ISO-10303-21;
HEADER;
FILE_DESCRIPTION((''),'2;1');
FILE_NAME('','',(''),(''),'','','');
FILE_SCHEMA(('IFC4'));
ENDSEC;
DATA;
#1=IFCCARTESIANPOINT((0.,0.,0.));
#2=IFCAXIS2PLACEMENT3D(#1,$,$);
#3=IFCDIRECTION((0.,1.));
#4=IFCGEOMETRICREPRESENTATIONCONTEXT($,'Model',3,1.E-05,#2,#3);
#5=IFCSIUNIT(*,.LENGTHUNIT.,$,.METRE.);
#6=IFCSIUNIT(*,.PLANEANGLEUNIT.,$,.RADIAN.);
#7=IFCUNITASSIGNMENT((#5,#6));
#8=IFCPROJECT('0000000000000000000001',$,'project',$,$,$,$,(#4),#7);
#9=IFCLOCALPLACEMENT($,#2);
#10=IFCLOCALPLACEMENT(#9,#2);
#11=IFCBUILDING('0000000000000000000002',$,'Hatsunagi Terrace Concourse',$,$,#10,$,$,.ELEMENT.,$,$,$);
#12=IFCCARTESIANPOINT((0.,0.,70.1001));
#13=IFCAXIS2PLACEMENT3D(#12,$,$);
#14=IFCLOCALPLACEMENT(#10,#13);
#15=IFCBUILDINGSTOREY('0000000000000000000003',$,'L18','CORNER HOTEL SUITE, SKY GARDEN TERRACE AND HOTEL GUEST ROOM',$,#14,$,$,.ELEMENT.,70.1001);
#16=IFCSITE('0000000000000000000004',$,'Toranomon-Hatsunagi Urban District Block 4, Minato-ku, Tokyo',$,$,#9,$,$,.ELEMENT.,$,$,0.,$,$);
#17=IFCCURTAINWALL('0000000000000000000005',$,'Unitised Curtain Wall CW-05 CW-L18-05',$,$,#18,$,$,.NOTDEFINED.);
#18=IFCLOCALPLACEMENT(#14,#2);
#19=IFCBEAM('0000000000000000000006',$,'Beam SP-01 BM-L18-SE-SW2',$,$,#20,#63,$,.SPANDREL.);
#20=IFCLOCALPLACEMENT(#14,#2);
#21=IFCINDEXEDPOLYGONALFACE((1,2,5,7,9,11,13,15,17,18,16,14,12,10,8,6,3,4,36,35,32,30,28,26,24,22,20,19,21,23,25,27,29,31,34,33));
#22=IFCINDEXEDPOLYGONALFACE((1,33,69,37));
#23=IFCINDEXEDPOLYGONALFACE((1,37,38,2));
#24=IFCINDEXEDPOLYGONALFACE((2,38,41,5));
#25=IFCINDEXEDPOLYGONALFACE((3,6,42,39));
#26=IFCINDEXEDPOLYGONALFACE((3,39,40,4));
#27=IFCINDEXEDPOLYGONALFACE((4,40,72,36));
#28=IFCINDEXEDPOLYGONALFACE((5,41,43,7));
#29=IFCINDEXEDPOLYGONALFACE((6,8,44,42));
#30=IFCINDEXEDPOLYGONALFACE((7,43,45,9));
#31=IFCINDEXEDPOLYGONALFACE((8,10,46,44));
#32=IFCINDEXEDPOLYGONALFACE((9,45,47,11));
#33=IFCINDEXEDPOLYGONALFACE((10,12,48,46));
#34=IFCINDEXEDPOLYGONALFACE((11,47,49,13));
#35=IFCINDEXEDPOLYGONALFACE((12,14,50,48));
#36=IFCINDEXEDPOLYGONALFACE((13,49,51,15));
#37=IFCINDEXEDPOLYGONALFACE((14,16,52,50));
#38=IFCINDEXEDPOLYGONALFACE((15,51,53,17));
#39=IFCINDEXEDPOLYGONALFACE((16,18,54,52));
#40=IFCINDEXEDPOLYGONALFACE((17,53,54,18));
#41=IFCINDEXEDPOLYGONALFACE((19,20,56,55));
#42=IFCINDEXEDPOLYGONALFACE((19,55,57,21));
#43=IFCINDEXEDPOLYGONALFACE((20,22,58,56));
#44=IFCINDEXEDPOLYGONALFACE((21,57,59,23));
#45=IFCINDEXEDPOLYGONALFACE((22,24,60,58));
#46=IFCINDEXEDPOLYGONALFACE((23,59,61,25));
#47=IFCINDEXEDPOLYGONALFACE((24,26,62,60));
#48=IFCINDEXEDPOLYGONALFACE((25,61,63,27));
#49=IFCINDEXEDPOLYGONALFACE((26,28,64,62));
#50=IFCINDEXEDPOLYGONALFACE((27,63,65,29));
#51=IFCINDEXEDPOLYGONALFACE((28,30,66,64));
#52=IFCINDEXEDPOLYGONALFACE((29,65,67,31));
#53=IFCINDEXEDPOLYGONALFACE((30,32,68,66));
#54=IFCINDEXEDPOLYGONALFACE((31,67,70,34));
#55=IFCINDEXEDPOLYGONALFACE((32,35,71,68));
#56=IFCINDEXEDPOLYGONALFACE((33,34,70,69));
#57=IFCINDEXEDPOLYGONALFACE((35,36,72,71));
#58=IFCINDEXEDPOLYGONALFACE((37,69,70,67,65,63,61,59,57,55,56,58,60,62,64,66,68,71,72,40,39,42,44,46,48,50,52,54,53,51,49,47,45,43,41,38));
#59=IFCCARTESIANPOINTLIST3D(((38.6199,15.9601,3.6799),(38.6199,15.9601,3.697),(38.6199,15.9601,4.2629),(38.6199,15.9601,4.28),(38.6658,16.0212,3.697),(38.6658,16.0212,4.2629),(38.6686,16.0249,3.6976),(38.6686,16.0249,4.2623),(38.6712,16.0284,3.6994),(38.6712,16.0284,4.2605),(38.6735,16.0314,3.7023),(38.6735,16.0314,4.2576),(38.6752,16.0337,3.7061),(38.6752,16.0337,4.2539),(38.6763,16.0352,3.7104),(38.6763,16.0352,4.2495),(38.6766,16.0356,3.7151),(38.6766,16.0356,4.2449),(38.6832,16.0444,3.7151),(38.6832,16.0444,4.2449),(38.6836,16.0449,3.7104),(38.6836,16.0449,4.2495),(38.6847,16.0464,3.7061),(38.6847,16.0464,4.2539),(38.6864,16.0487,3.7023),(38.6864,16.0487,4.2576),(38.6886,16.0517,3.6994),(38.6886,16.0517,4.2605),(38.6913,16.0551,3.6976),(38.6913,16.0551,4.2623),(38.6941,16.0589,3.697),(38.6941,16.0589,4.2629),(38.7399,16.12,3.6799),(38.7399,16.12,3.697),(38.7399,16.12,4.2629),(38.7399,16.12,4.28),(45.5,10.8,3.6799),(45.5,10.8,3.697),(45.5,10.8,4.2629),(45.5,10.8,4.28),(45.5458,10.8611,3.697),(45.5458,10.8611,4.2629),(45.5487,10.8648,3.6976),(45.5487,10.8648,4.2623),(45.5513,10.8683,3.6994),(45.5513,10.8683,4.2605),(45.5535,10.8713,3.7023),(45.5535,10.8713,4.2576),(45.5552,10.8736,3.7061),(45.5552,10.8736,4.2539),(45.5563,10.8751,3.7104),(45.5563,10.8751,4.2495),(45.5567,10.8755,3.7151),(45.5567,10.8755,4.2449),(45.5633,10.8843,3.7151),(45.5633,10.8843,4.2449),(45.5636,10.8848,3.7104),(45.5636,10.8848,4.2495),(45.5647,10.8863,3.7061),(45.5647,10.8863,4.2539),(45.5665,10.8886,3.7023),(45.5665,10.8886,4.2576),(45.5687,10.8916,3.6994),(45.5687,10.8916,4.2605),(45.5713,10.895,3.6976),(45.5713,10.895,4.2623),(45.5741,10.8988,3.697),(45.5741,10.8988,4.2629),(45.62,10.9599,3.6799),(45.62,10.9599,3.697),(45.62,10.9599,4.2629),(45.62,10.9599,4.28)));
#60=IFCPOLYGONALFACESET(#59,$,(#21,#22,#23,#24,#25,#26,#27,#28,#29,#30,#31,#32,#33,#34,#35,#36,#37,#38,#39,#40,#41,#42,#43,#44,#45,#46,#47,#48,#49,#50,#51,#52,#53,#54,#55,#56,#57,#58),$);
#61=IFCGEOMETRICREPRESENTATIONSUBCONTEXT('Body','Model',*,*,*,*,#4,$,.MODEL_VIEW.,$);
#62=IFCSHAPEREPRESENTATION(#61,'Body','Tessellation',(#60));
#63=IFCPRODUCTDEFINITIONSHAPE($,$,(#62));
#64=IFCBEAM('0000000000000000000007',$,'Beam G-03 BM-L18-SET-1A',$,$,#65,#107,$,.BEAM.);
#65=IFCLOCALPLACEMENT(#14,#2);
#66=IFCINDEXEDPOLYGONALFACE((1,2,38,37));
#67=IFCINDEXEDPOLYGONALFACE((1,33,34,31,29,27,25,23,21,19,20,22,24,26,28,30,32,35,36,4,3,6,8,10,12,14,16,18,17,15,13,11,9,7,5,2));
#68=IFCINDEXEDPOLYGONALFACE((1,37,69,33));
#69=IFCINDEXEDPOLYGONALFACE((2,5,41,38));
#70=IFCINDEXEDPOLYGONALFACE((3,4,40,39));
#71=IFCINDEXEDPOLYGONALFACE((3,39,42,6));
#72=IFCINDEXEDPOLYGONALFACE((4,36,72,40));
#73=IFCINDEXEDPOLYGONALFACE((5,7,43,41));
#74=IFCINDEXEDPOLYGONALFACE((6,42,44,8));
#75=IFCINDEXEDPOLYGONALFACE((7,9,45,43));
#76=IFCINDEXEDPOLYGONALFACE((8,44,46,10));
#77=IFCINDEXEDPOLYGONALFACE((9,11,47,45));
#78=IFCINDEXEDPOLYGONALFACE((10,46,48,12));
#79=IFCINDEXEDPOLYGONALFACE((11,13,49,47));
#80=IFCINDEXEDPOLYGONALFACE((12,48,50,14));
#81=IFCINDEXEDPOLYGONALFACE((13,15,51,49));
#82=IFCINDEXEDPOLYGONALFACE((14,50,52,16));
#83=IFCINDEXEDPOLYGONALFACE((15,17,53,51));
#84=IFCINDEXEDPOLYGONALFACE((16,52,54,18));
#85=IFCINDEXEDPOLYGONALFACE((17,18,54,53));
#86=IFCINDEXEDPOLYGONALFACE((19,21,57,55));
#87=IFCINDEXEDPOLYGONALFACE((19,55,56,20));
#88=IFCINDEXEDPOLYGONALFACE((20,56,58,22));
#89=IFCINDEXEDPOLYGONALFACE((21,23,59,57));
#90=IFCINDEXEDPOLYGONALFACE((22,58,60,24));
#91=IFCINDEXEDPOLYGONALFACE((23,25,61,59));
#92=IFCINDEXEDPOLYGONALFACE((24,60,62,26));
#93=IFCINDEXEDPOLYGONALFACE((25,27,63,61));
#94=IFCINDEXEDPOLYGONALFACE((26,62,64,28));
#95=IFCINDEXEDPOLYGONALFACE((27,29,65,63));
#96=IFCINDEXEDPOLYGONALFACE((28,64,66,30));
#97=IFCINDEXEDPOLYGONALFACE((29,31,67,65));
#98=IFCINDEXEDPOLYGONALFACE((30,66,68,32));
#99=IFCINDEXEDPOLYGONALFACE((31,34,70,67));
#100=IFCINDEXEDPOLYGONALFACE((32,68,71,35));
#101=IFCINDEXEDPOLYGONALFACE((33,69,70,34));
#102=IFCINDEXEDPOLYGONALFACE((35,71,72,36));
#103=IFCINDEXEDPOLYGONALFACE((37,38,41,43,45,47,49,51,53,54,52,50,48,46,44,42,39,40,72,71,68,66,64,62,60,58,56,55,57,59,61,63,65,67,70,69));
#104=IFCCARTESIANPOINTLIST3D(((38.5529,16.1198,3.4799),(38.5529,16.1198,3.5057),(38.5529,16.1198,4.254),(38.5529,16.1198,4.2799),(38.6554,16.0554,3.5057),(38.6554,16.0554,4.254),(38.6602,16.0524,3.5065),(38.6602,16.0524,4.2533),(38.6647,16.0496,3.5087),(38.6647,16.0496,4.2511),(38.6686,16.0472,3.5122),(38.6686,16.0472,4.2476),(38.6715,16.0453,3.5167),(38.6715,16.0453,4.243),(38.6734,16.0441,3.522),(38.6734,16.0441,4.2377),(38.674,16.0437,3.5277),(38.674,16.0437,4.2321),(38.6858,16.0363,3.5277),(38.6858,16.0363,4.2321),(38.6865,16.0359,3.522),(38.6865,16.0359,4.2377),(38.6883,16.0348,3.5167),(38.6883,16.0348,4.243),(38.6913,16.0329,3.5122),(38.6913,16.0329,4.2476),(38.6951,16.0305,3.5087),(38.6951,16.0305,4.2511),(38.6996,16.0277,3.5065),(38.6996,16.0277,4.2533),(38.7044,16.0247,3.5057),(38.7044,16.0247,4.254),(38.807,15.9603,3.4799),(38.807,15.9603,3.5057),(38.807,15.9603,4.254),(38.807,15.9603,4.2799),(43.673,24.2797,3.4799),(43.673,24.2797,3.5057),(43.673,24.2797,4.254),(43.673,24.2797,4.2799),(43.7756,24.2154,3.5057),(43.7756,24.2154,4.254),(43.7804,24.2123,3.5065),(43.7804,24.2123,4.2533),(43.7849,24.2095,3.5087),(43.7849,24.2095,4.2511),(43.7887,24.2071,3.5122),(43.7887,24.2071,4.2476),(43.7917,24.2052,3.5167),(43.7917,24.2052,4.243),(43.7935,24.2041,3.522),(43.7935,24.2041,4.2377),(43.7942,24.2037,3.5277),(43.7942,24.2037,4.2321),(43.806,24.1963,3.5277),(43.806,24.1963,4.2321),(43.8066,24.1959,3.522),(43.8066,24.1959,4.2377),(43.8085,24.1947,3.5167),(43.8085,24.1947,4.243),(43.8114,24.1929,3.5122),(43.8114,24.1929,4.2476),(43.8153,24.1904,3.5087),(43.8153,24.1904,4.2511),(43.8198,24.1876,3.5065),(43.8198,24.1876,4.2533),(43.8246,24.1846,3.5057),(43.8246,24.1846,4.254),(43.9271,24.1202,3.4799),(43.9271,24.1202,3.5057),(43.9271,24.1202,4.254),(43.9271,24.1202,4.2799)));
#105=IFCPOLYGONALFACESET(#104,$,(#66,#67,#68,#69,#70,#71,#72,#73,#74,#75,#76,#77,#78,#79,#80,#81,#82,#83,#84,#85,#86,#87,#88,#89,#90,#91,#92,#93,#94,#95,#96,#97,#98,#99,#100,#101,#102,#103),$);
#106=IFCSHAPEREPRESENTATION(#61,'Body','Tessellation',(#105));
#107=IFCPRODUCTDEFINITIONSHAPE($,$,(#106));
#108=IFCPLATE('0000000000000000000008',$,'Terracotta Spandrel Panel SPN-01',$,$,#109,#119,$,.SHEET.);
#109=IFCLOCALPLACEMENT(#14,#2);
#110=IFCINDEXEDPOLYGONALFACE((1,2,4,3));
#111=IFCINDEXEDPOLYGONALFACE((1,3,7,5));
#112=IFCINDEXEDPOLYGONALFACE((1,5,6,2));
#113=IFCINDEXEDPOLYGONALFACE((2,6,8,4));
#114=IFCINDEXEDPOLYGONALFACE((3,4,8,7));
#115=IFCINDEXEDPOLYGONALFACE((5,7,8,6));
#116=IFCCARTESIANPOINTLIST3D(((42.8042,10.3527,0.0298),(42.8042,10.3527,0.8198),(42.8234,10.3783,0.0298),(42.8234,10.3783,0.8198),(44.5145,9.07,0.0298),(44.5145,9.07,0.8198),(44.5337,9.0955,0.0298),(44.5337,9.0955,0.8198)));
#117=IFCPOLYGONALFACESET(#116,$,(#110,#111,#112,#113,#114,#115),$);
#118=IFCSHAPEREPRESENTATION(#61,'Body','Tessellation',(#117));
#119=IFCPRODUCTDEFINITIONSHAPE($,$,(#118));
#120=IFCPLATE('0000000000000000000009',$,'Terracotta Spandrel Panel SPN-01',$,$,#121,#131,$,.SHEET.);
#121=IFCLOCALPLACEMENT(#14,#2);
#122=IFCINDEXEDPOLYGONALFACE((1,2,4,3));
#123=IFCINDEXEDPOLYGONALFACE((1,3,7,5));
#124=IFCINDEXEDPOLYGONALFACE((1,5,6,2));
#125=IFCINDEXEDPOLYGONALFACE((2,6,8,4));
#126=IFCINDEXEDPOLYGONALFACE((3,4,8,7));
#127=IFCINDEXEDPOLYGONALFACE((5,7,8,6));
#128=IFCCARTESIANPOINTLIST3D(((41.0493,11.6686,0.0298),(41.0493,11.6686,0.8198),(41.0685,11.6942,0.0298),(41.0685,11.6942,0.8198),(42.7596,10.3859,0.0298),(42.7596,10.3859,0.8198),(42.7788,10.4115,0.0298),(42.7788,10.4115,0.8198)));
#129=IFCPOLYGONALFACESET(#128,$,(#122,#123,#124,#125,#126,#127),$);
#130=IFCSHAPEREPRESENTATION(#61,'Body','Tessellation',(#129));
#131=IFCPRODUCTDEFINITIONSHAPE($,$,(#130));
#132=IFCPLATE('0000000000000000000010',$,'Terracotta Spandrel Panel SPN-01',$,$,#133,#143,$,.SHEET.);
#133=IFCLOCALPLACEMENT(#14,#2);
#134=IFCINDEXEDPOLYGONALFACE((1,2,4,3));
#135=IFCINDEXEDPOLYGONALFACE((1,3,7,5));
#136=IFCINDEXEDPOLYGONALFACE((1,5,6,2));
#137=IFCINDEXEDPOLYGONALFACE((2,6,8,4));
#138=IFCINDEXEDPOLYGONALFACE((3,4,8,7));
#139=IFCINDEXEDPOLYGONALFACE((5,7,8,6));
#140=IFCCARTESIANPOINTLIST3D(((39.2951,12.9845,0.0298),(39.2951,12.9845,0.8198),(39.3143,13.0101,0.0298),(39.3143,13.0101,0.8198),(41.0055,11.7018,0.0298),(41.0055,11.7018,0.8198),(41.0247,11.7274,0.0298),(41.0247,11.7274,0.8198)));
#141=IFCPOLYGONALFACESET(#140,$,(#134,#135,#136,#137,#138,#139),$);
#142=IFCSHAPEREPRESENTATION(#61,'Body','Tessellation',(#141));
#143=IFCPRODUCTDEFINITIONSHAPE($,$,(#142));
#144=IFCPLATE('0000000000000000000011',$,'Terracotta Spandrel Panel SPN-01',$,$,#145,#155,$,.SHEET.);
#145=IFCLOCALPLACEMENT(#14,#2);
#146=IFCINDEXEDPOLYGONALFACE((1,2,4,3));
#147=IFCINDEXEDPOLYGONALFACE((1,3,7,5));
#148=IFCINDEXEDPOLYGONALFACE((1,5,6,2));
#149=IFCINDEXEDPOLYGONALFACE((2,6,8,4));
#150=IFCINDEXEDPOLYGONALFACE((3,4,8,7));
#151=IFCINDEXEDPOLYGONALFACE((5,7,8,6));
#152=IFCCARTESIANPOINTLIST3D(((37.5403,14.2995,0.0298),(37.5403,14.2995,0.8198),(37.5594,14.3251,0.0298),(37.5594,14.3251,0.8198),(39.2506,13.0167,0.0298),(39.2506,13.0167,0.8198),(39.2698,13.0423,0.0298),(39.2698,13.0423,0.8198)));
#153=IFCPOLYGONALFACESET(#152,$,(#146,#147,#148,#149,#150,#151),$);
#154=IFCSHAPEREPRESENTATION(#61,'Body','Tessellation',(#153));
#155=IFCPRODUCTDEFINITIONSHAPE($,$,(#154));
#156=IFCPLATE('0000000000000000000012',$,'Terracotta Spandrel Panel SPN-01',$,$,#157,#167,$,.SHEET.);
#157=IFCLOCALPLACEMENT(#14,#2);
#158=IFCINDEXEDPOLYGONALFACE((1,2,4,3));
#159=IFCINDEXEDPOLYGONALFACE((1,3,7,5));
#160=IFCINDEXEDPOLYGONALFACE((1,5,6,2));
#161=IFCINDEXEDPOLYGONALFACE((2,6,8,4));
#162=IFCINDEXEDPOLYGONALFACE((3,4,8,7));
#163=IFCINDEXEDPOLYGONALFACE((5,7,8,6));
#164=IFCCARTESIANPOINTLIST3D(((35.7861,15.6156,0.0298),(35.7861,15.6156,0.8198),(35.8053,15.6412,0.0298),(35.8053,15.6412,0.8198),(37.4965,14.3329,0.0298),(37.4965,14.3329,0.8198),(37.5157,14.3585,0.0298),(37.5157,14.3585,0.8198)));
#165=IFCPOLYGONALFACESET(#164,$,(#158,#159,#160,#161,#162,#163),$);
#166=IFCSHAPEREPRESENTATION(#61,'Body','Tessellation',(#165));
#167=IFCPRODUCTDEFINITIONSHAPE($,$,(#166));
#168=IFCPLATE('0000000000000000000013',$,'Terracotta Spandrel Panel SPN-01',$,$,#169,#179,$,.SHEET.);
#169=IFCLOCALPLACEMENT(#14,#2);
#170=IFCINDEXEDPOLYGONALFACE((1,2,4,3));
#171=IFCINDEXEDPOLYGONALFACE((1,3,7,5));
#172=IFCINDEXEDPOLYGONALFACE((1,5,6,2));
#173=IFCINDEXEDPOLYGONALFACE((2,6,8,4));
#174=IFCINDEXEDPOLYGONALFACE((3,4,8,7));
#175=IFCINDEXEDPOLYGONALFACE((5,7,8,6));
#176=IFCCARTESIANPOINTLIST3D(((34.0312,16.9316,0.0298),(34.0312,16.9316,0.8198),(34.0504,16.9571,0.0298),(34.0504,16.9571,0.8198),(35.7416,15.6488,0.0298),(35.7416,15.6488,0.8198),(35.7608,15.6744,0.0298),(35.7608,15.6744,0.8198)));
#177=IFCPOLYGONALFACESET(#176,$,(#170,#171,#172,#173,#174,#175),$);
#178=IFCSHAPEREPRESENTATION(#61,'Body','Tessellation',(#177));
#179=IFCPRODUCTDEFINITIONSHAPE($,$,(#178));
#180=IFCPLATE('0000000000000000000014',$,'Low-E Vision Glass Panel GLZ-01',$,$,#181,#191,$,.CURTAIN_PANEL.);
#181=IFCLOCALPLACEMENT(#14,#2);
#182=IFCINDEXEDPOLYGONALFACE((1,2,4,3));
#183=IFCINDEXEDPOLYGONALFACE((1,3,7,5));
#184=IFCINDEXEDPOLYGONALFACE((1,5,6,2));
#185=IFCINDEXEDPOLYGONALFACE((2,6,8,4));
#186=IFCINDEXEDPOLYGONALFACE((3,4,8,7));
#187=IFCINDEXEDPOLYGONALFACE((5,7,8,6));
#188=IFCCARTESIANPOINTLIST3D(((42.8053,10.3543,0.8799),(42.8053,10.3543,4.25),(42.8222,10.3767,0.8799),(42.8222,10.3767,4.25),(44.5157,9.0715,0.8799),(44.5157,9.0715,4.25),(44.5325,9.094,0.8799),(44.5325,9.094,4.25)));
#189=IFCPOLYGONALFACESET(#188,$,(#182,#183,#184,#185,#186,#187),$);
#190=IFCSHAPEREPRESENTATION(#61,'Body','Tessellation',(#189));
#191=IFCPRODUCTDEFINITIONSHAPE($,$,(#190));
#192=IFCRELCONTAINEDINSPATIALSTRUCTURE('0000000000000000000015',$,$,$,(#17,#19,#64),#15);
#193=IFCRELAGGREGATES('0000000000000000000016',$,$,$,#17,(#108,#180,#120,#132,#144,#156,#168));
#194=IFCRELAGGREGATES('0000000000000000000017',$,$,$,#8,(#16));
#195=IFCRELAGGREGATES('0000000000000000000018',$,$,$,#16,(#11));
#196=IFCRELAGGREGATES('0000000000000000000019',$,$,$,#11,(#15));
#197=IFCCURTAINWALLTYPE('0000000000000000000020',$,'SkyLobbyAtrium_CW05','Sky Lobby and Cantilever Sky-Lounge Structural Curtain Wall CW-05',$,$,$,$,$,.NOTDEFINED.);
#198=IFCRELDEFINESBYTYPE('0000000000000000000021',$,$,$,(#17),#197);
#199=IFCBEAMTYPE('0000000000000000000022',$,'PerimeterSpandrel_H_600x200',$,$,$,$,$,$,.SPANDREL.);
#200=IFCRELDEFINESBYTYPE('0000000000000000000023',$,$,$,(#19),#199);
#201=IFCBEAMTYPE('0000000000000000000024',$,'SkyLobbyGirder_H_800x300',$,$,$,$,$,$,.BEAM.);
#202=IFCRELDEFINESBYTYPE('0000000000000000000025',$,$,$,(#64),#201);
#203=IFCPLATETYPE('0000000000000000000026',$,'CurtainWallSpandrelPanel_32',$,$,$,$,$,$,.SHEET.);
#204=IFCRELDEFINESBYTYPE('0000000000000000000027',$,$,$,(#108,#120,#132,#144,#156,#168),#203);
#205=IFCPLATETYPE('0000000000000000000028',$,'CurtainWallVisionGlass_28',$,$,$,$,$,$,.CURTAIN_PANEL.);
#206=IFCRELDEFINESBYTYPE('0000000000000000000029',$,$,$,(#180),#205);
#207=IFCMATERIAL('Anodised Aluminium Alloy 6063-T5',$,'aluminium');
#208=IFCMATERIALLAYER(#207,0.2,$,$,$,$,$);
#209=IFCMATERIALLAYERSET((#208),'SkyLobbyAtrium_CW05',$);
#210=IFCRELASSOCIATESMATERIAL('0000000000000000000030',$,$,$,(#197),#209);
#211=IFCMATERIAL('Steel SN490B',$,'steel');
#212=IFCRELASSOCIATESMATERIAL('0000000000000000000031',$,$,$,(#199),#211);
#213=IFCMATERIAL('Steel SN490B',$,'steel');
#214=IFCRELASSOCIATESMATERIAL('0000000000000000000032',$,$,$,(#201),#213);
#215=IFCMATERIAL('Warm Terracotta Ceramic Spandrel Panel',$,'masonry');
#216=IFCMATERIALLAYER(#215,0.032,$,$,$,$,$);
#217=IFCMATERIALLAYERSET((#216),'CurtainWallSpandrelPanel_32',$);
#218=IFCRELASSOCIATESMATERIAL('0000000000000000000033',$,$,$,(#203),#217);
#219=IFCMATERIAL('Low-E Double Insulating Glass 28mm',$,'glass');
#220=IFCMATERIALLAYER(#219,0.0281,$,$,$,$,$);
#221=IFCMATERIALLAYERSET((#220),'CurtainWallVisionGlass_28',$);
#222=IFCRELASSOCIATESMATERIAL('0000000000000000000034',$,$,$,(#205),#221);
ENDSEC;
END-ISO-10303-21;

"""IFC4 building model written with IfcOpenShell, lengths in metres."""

from ifc_helpers import new_model, si_unit, direction, frame, origin, origin_2d, place, context, subcontext, project, spatial, rectangle, i_section, extrude, material, layer, layer_set, material_profile, profile_set, type_object, element, aggregate, save


model = new_model("IFC4")

# Units and contexts
model_context = context("Model", 3, precision=1e-05, world=origin(), true_north=direction((0.0, 1.0)))
body_context = subcontext(model_context, "Body", "Model", "MODEL_VIEW")
ifc_project = project(units=[si_unit("LENGTHUNIT", "METRE"), si_unit("PLANEANGLEUNIT", "RADIAN")], contexts=[model_context])

# Site, building, storey
site_placement = place(None, origin())
site = spatial("IfcSite", under=ifc_project, at=site_placement, Name="Toranomon-Hatsunagi Urban District Block 4, Minato-ku, Tokyo", CompositionType="ELEMENT", RefElevation=0.0)
building_placement = place(site_placement, origin())
building = spatial("IfcBuilding", under=site, at=building_placement, Name="Hatsunagi Terrace Concourse", CompositionType="ELEMENT")
storey_placement = place(building_placement, frame((0.0, 0.0, 70.1001)))
storey = spatial("IfcBuildingStorey", under=building, at=storey_placement, Name="L18", Description="CORNER HOTEL SUITE, SKY GARDEN TERRACE AND HOTEL GUEST ROOM", CompositionType="ELEMENT", Elevation=70.1001)

# Curtain wall
ifc_material_1 = material(Name="Anodised Aluminium Alloy 6063-T5", Category="aluminium")
ifc_layer_1 = layer(ifc_material_1, 0.2)
ifc_layer_set_1 = layer_set([ifc_layer_1], Name="SkyLobbyAtrium_CW05")
curtain_wall_type = type_object("IfcCurtainWallType", Name="SkyLobbyAtrium_CW05", Description="Sky Lobby and Cantilever Sky-Lounge Structural Curtain Wall CW-05", PredefinedType="NOTDEFINED", material=ifc_layer_set_1)
curtain_wall_placement = place(storey_placement, origin())
curtain_wall = element("IfcCurtainWall", 1, at=curtain_wall_placement, inside=storey, type_object=curtain_wall_type, Name="Unitised Curtain Wall CW-05 CW-L18-05", PredefinedType="NOTDEFINED")

# Beams
ifc_material_2 = material(Name="Steel SN490B", Category="steel")
ifc_material_profile_1 = material_profile(ifc_material_2, i_section(OverallWidth=0.2, OverallDepth=0.6001, WebThickness=0.011, FlangeThickness=0.0171, FilletRadius=0.0181, at=origin_2d()), Name="H-600x200x11x17")
ifc_profile_set_1 = profile_set([ifc_material_profile_1], Name="Steel SN490B")
beam_type_1 = type_object("IfcBeamType", Name="PerimeterSpandrel_H_600x200", PredefinedType="SPANDREL", material=ifc_profile_set_1)
beam_1_placement = place(storey_placement, frame((38.6799, 16.04, 3.98), z_axis=(0.799997, -0.600005, 0.0), x_axis=(0.600005, 0.799997, 0.0)))
element("IfcBeam", 2, at=beam_1_placement, inside=storey, type_object=beam_type_1, Name="Beam SP-01 BM-L18-SE-SW2", PredefinedType="SPANDREL", context=body_context, shape_type="SweptSolid", body=[
    extrude(i_section(OverallWidth=0.2, OverallDepth=0.6001, WebThickness=0.011, FlangeThickness=0.0171, FilletRadius=0.0181, at=origin_2d()), origin(), (0.0, 0.0, 1.0), 8.6001),
])
ifc_material_3 = material(Name="Steel SN490B", Category="steel")
ifc_material_profile_2 = material_profile(ifc_material_3, i_section(OverallWidth=0.3, OverallDepth=0.8, WebThickness=0.0139, FlangeThickness=0.0259, FilletRadius=0.022, at=origin_2d()), Name="H-800x300x14x26")
ifc_profile_set_2 = profile_set([ifc_material_profile_2], Name="Steel SN490B")
beam_type_2 = type_object("IfcBeamType", Name="SkyLobbyGirder_H_800x300", PredefinedType="BEAM", material=ifc_profile_set_2)
beam_2_placement = place(storey_placement, frame((38.6799, 16.04, 3.8799), z_axis=(0.531504, 0.847056, 0.0), x_axis=(-0.847056, 0.531504, 0.0)))
element("IfcBeam", 3, at=beam_2_placement, inside=storey, type_object=beam_type_2, Name="Beam G-03 BM-L18-SET-1A", PredefinedType="BEAM", context=body_context, shape_type="SweptSolid", body=[
    extrude(i_section(OverallWidth=0.3, OverallDepth=0.8, WebThickness=0.0139, FlangeThickness=0.0259, FilletRadius=0.022, at=origin_2d()), origin(), (0.0, 0.0, 1.0), 9.6333),
])

# Plates
ifc_material_4 = material(Name="Warm Terracotta Ceramic Spandrel Panel", Category="masonry")
ifc_layer_2 = layer(ifc_material_4, 0.032)
ifc_layer_set_2 = layer_set([ifc_layer_2], Name="CurtainWallSpandrelPanel_32")
plate_type_1 = type_object("IfcPlateType", Name="CurtainWallSpandrelPanel_32", PredefinedType="SHEET", material=ifc_layer_set_2)
plate_1_placement = place(storey_placement, frame((43.6689, 9.7241, 0.0298), z_axis=(0.0, 0.0, 1.0), x_axis=(-0.800003, 0.599996, 0.0)))
plate_1 = element("IfcPlate", 4, at=plate_1_placement, type_object=plate_type_1, Name="Terracotta Spandrel Panel SPN-01", PredefinedType="SHEET", context=body_context, shape_type="SweptSolid", body=[
    extrude(rectangle(XDim=2.1379, YDim=0.032, at=origin_2d()), origin(), (0.0, 0.0, 1.0), 0.79),
])
plate_2_placement = place(storey_placement, frame((41.9141, 11.04, 0.0298), z_axis=(0.0, 0.0, 1.0), x_axis=(-0.800003, 0.599996, 0.0)))
plate_2 = element("IfcPlate", 5, at=plate_2_placement, type_object=plate_type_1, Name="Terracotta Spandrel Panel SPN-01", PredefinedType="SHEET", context=body_context, shape_type="SweptSolid", body=[
    extrude(rectangle(XDim=2.1379, YDim=0.032, at=origin_2d()), origin(), (0.0, 0.0, 1.0), 0.79),
])
plate_3_placement = place(storey_placement, frame((40.1599, 12.356, 0.0298), z_axis=(0.0, 0.0, 1.0), x_axis=(-0.800003, 0.599996, 0.0)))
plate_3 = element("IfcPlate", 6, at=plate_3_placement, type_object=plate_type_1, Name="Terracotta Spandrel Panel SPN-01", PredefinedType="SHEET", context=body_context, shape_type="SweptSolid", body=[
    extrude(rectangle(XDim=2.1379, YDim=0.032, at=origin_2d()), origin(), (0.0, 0.0, 1.0), 0.79),
])
plate_4_placement = place(storey_placement, frame((38.405, 13.6709, 0.0298), z_axis=(0.0, 0.0, 1.0), x_axis=(-0.800003, 0.599996, 0.0)))
plate_4 = element("IfcPlate", 7, at=plate_4_placement, type_object=plate_type_1, Name="Terracotta Spandrel Panel SPN-01", PredefinedType="SHEET", context=body_context, shape_type="SweptSolid", body=[
    extrude(rectangle(XDim=2.1379, YDim=0.032, at=origin_2d()), origin(), (0.0, 0.0, 1.0), 0.79),
])
plate_5_placement = place(storey_placement, frame((36.6509, 14.9871, 0.0298), z_axis=(0.0, 0.0, 1.0), x_axis=(-0.800003, 0.599996, 0.0)))
plate_5 = element("IfcPlate", 8, at=plate_5_placement, type_object=plate_type_1, Name="Terracotta Spandrel Panel SPN-01", PredefinedType="SHEET", context=body_context, shape_type="SweptSolid", body=[
    extrude(rectangle(XDim=2.1379, YDim=0.032, at=origin_2d()), origin(), (0.0, 0.0, 1.0), 0.79),
])
plate_6_placement = place(storey_placement, frame((34.896, 16.303, 0.0298), z_axis=(0.0, 0.0, 1.0), x_axis=(-0.800003, 0.599996, 0.0)))
plate_6 = element("IfcPlate", 9, at=plate_6_placement, type_object=plate_type_1, Name="Terracotta Spandrel Panel SPN-01", PredefinedType="SHEET", context=body_context, shape_type="SweptSolid", body=[
    extrude(rectangle(XDim=2.1379, YDim=0.032, at=origin_2d()), origin(), (0.0, 0.0, 1.0), 0.79),
])
ifc_material_5 = material(Name="Low-E Double Insulating Glass 28mm", Category="glass")
ifc_layer_3 = layer(ifc_material_5, 0.0281)
ifc_layer_set_3 = layer_set([ifc_layer_3], Name="CurtainWallVisionGlass_28")
plate_type_2 = type_object("IfcPlateType", Name="CurtainWallVisionGlass_28", PredefinedType="CURTAIN_PANEL", material=ifc_layer_set_3)
plate_7_placement = place(storey_placement, frame((43.6689, 9.7241, 0.8799), z_axis=(0.0, 0.0, 1.0), x_axis=(-0.800003, 0.599996, 0.0)))
plate_7 = element("IfcPlate", 10, at=plate_7_placement, type_object=plate_type_2, Name="Low-E Vision Glass Panel GLZ-01", PredefinedType="CURTAIN_PANEL", context=body_context, shape_type="SweptSolid", body=[
    extrude(rectangle(XDim=2.1379, YDim=0.0281, at=origin_2d()), origin(), (0.0, 0.0, 1.0), 3.3701),
])
aggregate(curtain_wall, [plate_1, plate_7, plate_2, plate_3, plate_4, plate_5, plate_6])

save(model, "model.ifc")
